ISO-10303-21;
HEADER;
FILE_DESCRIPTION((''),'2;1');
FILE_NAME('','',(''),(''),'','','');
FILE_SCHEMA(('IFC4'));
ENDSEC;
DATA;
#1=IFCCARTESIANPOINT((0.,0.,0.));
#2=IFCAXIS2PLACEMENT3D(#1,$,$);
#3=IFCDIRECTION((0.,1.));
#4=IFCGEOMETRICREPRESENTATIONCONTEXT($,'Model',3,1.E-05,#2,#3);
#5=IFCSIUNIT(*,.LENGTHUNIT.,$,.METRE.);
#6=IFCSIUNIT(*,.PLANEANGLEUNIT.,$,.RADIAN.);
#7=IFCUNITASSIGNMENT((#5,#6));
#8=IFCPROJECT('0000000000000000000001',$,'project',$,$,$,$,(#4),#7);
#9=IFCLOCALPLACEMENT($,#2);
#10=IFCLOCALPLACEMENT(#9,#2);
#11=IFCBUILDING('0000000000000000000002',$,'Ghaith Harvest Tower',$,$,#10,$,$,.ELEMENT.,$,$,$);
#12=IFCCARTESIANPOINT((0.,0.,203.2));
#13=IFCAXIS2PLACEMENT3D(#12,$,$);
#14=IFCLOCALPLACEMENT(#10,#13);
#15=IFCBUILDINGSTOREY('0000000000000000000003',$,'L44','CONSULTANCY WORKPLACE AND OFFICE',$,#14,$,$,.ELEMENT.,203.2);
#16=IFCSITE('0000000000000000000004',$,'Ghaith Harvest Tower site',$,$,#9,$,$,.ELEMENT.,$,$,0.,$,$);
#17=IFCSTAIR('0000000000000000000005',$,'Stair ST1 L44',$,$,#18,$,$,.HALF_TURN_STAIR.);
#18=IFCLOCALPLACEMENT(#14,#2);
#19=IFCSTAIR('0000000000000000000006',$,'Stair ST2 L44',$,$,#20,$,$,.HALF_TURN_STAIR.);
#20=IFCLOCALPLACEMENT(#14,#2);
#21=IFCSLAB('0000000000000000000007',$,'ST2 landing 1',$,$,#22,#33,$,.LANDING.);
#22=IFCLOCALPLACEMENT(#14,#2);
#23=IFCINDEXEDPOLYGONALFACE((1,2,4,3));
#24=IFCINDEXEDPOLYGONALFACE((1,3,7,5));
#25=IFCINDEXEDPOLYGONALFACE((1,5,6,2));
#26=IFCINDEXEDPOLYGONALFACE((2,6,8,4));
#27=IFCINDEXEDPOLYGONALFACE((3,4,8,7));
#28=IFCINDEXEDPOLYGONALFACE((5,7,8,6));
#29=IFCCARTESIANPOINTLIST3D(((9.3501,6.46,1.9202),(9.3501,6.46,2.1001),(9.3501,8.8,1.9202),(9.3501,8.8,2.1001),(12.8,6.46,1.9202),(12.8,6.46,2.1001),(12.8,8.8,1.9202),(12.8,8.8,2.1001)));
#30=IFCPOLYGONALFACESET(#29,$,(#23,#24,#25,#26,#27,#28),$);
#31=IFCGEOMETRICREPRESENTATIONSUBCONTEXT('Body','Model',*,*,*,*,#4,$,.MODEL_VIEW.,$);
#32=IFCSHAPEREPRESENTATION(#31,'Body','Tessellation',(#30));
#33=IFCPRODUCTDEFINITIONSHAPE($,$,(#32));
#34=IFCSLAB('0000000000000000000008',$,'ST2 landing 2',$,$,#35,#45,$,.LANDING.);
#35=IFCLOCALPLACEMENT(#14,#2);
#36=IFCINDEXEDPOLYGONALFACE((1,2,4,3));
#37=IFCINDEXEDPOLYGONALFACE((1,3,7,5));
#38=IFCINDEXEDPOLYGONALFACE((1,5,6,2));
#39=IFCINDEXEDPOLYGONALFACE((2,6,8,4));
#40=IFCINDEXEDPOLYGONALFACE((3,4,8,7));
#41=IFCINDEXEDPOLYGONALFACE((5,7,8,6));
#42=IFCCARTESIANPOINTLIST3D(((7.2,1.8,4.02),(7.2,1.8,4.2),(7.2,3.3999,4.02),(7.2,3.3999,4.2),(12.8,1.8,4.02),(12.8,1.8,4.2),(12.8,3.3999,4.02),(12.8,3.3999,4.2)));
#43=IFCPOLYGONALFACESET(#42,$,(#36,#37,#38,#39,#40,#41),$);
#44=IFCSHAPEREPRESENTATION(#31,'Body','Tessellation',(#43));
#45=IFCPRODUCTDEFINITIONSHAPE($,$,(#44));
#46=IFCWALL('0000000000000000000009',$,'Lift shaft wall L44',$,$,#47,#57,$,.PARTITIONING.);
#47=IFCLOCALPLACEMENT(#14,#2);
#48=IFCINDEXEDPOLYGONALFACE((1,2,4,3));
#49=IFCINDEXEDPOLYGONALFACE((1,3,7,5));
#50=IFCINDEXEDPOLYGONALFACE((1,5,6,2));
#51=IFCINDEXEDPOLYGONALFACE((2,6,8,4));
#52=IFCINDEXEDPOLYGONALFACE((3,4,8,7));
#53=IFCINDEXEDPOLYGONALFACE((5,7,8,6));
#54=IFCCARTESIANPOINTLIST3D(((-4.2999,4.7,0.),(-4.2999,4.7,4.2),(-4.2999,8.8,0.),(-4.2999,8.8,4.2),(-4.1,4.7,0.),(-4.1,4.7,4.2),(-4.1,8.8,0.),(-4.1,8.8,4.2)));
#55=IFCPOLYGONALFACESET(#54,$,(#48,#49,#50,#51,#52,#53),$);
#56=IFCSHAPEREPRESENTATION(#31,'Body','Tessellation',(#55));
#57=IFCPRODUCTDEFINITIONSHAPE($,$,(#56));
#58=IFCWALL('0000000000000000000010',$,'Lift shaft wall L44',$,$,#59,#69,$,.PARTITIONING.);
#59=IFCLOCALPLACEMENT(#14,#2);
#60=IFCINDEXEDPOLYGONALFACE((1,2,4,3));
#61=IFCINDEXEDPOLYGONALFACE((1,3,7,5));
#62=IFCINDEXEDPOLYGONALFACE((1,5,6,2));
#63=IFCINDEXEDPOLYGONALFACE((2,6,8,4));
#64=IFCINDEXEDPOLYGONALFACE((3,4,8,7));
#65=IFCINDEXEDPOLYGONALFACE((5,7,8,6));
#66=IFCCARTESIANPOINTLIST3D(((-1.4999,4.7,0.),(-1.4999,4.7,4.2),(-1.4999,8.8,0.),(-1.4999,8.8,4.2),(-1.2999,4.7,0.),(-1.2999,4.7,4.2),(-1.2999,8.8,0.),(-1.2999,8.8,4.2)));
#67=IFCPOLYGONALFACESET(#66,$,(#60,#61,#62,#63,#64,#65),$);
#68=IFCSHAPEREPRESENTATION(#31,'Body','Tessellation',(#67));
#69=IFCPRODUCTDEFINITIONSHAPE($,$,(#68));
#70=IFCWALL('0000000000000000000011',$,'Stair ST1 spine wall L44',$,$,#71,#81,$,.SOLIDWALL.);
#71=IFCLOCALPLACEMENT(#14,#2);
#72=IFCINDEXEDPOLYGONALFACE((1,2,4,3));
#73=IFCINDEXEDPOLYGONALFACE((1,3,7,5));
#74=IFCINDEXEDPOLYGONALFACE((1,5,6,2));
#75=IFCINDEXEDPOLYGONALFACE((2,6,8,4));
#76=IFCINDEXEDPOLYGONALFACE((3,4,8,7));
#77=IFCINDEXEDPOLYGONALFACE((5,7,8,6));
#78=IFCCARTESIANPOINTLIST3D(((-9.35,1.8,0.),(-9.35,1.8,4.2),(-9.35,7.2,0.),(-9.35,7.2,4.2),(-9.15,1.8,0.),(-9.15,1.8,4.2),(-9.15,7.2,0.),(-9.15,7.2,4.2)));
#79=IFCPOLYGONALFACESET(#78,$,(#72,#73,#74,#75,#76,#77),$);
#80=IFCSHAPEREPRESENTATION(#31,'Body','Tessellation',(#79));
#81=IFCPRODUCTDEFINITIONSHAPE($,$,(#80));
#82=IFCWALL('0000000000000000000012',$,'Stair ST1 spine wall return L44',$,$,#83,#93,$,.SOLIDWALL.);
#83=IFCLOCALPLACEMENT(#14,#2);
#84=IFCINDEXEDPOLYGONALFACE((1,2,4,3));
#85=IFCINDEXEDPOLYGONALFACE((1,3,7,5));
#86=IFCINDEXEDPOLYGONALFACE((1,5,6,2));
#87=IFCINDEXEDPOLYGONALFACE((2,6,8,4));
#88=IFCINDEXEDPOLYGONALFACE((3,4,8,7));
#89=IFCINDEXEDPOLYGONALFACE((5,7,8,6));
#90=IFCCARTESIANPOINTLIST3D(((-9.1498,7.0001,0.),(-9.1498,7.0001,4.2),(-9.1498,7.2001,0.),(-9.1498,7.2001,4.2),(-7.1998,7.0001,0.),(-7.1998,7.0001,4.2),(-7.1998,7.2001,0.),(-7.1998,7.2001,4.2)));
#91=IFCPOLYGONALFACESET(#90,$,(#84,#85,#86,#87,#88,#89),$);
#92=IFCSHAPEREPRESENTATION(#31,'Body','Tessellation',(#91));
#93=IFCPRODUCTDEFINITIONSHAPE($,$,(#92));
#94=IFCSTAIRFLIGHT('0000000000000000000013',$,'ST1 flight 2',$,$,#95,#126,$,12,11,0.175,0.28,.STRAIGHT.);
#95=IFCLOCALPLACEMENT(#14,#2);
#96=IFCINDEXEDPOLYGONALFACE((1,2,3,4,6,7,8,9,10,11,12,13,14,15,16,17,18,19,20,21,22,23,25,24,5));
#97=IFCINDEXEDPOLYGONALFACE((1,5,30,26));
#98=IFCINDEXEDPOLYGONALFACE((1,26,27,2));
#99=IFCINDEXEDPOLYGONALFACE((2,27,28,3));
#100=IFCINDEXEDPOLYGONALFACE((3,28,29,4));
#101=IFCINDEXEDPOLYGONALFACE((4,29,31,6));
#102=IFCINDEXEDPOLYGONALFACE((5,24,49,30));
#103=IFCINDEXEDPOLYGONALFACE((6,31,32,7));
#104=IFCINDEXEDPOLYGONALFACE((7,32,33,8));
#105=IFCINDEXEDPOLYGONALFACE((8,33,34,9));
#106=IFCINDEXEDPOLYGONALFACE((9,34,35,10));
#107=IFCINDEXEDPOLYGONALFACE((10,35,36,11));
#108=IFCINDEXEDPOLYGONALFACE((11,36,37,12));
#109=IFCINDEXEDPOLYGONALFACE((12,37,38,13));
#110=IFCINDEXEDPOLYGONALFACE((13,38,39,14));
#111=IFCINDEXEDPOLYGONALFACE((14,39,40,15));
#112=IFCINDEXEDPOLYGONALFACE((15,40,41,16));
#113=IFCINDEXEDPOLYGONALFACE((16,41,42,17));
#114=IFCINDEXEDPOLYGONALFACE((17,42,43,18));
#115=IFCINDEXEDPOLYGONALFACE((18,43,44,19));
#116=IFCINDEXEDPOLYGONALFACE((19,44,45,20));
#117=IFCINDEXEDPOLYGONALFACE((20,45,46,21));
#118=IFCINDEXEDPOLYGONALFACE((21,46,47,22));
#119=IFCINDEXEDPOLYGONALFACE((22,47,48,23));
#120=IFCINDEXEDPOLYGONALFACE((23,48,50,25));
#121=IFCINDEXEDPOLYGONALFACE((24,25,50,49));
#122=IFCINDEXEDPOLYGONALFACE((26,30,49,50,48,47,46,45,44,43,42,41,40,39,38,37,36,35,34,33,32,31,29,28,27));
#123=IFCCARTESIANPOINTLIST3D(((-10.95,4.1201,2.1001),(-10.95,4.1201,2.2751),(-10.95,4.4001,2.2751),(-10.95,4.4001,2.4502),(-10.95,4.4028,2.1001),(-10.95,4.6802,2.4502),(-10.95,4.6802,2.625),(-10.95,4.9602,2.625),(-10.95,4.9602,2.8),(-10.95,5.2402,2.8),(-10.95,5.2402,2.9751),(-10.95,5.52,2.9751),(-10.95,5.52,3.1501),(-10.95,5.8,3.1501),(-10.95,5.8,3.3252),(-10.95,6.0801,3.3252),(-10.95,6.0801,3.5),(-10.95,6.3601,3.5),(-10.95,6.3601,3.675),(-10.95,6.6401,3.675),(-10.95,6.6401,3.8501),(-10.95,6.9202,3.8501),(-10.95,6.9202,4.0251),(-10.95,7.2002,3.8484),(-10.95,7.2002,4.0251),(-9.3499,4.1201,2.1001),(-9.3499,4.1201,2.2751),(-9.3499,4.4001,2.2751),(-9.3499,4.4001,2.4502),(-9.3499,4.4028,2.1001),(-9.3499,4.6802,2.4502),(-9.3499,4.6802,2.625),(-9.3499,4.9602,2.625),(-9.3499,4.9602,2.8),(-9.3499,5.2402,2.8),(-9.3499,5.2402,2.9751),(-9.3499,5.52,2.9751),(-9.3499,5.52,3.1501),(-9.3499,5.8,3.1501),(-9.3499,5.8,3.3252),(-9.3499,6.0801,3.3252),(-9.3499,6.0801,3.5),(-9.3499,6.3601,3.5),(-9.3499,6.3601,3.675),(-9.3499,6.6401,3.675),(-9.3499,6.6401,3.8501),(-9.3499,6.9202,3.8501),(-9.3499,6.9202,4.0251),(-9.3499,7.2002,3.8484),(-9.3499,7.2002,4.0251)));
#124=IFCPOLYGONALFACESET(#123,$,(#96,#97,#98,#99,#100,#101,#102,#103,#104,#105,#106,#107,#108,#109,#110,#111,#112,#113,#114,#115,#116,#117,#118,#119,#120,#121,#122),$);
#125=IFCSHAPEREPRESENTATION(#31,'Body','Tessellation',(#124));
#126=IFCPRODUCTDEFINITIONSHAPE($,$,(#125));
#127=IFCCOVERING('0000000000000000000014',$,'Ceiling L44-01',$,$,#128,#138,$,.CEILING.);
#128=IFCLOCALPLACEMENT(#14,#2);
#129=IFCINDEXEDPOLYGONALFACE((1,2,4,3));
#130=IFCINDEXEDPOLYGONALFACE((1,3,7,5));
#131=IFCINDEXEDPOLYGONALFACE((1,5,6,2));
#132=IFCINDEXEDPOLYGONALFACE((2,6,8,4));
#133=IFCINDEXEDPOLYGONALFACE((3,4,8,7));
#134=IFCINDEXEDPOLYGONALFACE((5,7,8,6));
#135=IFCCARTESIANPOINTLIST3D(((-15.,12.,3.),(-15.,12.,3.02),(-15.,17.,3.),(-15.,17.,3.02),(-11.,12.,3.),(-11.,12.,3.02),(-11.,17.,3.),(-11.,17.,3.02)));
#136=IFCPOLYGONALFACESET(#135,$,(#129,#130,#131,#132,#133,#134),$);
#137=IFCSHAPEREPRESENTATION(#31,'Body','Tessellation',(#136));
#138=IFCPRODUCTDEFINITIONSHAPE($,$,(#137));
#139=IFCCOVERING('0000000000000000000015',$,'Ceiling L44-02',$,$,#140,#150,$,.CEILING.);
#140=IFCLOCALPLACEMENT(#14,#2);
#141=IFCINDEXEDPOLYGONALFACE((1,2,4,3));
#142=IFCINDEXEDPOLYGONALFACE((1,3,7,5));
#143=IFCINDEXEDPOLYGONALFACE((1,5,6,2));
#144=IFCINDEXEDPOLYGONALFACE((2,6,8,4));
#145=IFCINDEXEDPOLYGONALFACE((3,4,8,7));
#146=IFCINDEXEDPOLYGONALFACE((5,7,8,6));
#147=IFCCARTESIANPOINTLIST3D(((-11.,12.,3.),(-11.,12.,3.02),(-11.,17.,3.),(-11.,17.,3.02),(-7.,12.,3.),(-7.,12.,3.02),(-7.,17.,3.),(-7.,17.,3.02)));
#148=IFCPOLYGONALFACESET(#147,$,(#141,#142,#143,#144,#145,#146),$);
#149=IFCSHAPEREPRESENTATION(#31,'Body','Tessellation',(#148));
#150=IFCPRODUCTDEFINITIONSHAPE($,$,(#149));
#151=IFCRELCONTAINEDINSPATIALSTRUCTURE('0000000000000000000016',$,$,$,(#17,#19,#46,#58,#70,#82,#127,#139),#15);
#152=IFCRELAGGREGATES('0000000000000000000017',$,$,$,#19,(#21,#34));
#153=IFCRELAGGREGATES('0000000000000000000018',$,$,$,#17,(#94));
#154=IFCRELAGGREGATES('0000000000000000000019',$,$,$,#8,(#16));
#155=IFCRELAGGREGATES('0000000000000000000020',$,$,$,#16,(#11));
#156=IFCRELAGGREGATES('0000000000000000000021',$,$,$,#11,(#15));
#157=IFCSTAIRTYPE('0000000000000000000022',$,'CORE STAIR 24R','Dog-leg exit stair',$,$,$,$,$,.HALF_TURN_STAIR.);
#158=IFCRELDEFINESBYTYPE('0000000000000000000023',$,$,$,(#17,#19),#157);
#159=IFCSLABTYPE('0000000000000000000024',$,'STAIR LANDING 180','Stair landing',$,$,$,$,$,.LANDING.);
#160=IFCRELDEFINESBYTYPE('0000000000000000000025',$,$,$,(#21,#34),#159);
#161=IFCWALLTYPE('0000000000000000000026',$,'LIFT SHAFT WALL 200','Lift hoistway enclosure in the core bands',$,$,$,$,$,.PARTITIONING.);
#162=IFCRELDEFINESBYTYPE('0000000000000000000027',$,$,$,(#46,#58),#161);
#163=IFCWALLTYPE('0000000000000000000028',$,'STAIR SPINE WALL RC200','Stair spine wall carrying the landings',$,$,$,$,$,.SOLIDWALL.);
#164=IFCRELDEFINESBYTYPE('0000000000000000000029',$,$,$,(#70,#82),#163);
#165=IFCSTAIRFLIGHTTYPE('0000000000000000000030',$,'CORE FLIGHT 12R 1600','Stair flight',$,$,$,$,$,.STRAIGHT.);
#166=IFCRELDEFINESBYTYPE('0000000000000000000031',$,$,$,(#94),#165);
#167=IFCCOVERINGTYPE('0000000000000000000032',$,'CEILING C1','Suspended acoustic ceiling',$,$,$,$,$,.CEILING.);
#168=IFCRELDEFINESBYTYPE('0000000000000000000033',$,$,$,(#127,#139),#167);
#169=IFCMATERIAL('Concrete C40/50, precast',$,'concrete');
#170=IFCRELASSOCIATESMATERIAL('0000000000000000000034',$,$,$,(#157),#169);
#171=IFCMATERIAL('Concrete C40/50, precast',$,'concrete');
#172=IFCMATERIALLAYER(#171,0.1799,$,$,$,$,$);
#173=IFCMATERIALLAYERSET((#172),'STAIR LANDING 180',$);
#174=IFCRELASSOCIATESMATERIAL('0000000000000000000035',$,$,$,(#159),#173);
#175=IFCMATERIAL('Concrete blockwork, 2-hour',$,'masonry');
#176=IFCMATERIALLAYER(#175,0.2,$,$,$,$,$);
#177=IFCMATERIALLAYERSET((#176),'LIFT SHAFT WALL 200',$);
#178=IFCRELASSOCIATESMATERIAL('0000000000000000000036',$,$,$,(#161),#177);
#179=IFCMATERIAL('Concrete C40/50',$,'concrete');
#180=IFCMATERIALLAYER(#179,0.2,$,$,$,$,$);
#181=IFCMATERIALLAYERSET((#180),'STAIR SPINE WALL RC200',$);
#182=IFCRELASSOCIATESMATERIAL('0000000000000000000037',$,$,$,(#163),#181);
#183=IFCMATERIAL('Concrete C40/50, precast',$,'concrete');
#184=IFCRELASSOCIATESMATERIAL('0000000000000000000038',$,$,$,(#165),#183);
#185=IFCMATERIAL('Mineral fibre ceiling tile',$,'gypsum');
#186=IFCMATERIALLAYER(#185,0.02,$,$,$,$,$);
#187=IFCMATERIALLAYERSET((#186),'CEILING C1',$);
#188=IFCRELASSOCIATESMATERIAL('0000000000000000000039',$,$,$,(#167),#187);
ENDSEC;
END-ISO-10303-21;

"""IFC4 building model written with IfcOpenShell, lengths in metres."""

from ifc_helpers import new_model, si_unit, direction, frame, frame_2d, origin, place, context, subcontext, project, spatial, polyline, rectangle, outline, extrude, material, layer, layer_set, type_object, element, aggregate, save


model = new_model("IFC4")

# Units and contexts
model_context = context("Model", 3, precision=1e-05, world=origin(), true_north=direction((0.0, 1.0)))
body_context = subcontext(model_context, "Body", "Model", "MODEL_VIEW")
ifc_project = project(units=[si_unit("LENGTHUNIT", "METRE"), si_unit("PLANEANGLEUNIT", "RADIAN")], contexts=[model_context])

# Site, building, storey
site_placement = place(None, origin())
site = spatial("IfcSite", under=ifc_project, at=site_placement, Name="Ghaith Harvest Tower site", CompositionType="ELEMENT", RefElevation=0.0)
building_placement = place(site_placement, origin())
building = spatial("IfcBuilding", under=site, at=building_placement, Name="Ghaith Harvest Tower", CompositionType="ELEMENT")
storey_placement = place(building_placement, frame((0.0, 0.0, 203.2)))
storey = spatial("IfcBuildingStorey", under=building, at=storey_placement, Name="L44", Description="CONSULTANCY WORKPLACE AND OFFICE", CompositionType="ELEMENT", Elevation=203.2)

# Stairs, slabs
ifc_material_1 = material(Name="Concrete C40/50, precast", Category="concrete")
stair_type = type_object("IfcStairType", Name="CORE STAIR 24R", Description="Dog-leg exit stair", PredefinedType="HALF_TURN_STAIR", material=ifc_material_1)
stair_1_placement = place(storey_placement, origin())
stair_1 = element("IfcStair", 1, at=stair_1_placement, inside=storey, type_object=stair_type, Name="Stair ST1 L44", PredefinedType="HALF_TURN_STAIR")
ifc_material_2 = material(Name="Concrete C40/50, precast", Category="concrete")
ifc_layer_1 = layer(ifc_material_2, 0.1799)
ifc_layer_set_1 = layer_set([ifc_layer_1], Name="STAIR LANDING 180")
slab_type_1 = type_object("IfcSlabType", Name="STAIR LANDING 180", Description="Stair landing", PredefinedType="LANDING", material=ifc_layer_set_1)
stair_2_placement = place(storey_placement, origin())
stair_2 = element("IfcStair", 2, at=stair_2_placement, inside=storey, type_object=stair_type, Name="Stair ST2 L44", PredefinedType="HALF_TURN_STAIR")
slab_1_placement = place(storey_placement, frame((0.0, 0.0, 1.9202)))
slab_1 = element("IfcSlab", 3, at=slab_1_placement, type_object=slab_type_1, Name="ST2 landing 1", PredefinedType="LANDING", context=body_context, shape_type="SweptSolid", body=[
    extrude(outline(polyline([(12.8, 6.46), (12.8, 8.8), (9.3501, 8.8), (9.3501, 6.46), (12.8, 6.46)])), origin(), (0.0, 0.0, 1.0), 0.1799),
])
slab_2_placement = place(storey_placement, frame((0.0, 0.0, 4.02)))
slab_2 = element("IfcSlab", 4, at=slab_2_placement, type_object=slab_type_1, Name="ST2 landing 2", PredefinedType="LANDING", context=body_context, shape_type="SweptSolid", body=[
    extrude(outline(polyline([(12.8, 1.8), (12.8, 3.3999), (7.2, 3.3999), (7.2, 1.8), (12.8, 1.8)])), origin(), (0.0, 0.0, 1.0), 0.1799),
])
aggregate(stair_2, [slab_1, slab_2])

# Walls
ifc_material_3 = material(Name="Concrete blockwork, 2-hour", Category="masonry")
ifc_layer_2 = layer(ifc_material_3, 0.2)
ifc_layer_set_2 = layer_set([ifc_layer_2], Name="LIFT SHAFT WALL 200")
wall_type_1 = type_object("IfcWallType", Name="LIFT SHAFT WALL 200", Description="Lift hoistway enclosure in the core bands", PredefinedType="PARTITIONING", material=ifc_layer_set_2)
for number, where, z_axis, x_axis, name in (
    (5, (-4.2, 4.7, 0.0), (0.0, 0.0, 1.0), (0.0, 1.0, 0.0), "Lift shaft wall L44"),
    (6, (-1.3999, 4.7, 0.0), (0.0, 0.0, 1.0), (0.0, 1.0, 0.0), "Lift shaft wall L44"),
):
    element("IfcWall", number, at=place(storey_placement, frame(where, z_axis=z_axis, x_axis=x_axis)), inside=storey, type_object=wall_type_1, Name=name, PredefinedType="PARTITIONING", context=body_context, shape_type="SweptSolid", body=[
        extrude(rectangle(XDim=4.1001, YDim=0.2, at=frame_2d((2.05, 0.0))), origin(), (0.0, 0.0, 1.0), 4.2),
    ])

# Walls
ifc_material_4 = material(Name="Concrete C40/50", Category="concrete")
ifc_layer_3 = layer(ifc_material_4, 0.2)
ifc_layer_set_3 = layer_set([ifc_layer_3], Name="STAIR SPINE WALL RC200")
wall_type_2 = type_object("IfcWallType", Name="STAIR SPINE WALL RC200", Description="Stair spine wall carrying the landings", PredefinedType="SOLIDWALL", material=ifc_layer_set_3)
wall_1_placement = place(storey_placement, frame((-9.25, 7.2, 0.0), z_axis=(0.0, 0.0, 1.0), x_axis=(0.0, -1.0, 0.0)))
element("IfcWall", 7, at=wall_1_placement, inside=storey, type_object=wall_type_2, Name="Stair ST1 spine wall L44", PredefinedType="SOLIDWALL", context=body_context, shape_type="SweptSolid", body=[
    extrude(rectangle(XDim=5.3999, YDim=0.2, at=frame_2d((2.7, 0.0))), origin(), (0.0, 0.0, 1.0), 4.2),
])
wall_2_placement = place(storey_placement, frame((-9.1499, 7.1001, 0.0), z_axis=(0.0, 0.0, 1.0), x_axis=(1.0, 0.0, 0.0)))
element("IfcWall", 8, at=wall_2_placement, inside=storey, type_object=wall_type_2, Name="Stair ST1 spine wall return L44", PredefinedType="SOLIDWALL", context=body_context, shape_type="SweptSolid", body=[
    extrude(rectangle(XDim=1.95, YDim=0.2, at=frame_2d((0.9751, 0.0))), origin(), (0.0, 0.0, 1.0), 4.2),
])

# Stair flight
ifc_material_5 = material(Name="Concrete C40/50, precast", Category="concrete")
stair_flight_type = type_object("IfcStairFlightType", Name="CORE FLIGHT 12R 1600", Description="Stair flight", PredefinedType="STRAIGHT", material=ifc_material_5)
stair_flight_placement = place(storey_placement, frame((-10.1499, 4.1201, 2.1001), z_axis=(0.0, 0.0, 1.0), x_axis=(0.0, 1.0, 0.0)))
stair_flight = element("IfcStairFlight", 9, at=stair_flight_placement, type_object=stair_flight_type, Name="ST1 flight 2", NumberOfRisers=12, NumberOfTreads=11, PredefinedType="STRAIGHT", RiserHeight=0.175, TreadLength=0.28, context=body_context, shape_type="SweptSolid", body=[
    extrude(outline(polyline([(0.0, 0.0), (0.0, 0.175), (0.28, 0.175), (0.28, 0.3501), (0.5601, 0.3501), (0.5601, 0.5249), (0.8401, 0.5249), (0.8401, 0.7), (1.1201, 0.7), (1.1201, 0.875), (1.3999, 0.875), (1.3999, 1.05), (1.6799, 1.05), (1.6799, 1.2251), (1.96, 1.2251), (1.96, 1.3999), (2.24, 1.3999), (2.24, 1.575), (2.52, 1.575), (2.52, 1.75), (2.8, 1.75), (2.8, 1.925), (3.0801, 1.925), (3.0801, 2.1001), (3.0801, 1.7483), (0.2827, 0.0), (0.0, 0.0)])), frame((0.0, 0.8, 0.0), z_axis=(0.0, -1.0, 0.0), x_axis=(1.0, 0.0, 0.0)), (0.0, 0.0, 1.0), 1.6001),
])
aggregate(stair_1, [stair_flight])

# Coverings
ifc_material_6 = material(Name="Mineral fibre ceiling tile", Category="gypsum")
ifc_layer_4 = layer(ifc_material_6, 0.02)
ifc_layer_set_4 = layer_set([ifc_layer_4], Name="CEILING C1")
covering_type = type_object("IfcCoveringType", Name="CEILING C1", Description="Suspended acoustic ceiling", PredefinedType="CEILING", material=ifc_layer_set_4)
covering_1_placement = place(storey_placement, frame((0.0, 0.0, 3.0)))
element("IfcCovering", 10, at=covering_1_placement, inside=storey, type_object=covering_type, Name="Ceiling L44-01", PredefinedType="CEILING", context=body_context, shape_type="SweptSolid", body=[
    extrude(outline(polyline([(-15.0, 12.0), (-11.0, 12.0), (-11.0, 17.0), (-15.0, 17.0), (-15.0, 12.0)])), origin(), (0.0, 0.0, 1.0), 0.02),
])
covering_2_placement = place(storey_placement, frame((0.0, 0.0, 3.0)))
element("IfcCovering", 11, at=covering_2_placement, inside=storey, type_object=covering_type, Name="Ceiling L44-02", PredefinedType="CEILING", context=body_context, shape_type="SweptSolid", body=[
    extrude(outline(polyline([(-11.0, 12.0), (-7.0, 12.0), (-7.0, 17.0), (-11.0, 17.0), (-11.0, 12.0)])), origin(), (0.0, 0.0, 1.0), 0.02),
])

save(model, "model.ifc")
